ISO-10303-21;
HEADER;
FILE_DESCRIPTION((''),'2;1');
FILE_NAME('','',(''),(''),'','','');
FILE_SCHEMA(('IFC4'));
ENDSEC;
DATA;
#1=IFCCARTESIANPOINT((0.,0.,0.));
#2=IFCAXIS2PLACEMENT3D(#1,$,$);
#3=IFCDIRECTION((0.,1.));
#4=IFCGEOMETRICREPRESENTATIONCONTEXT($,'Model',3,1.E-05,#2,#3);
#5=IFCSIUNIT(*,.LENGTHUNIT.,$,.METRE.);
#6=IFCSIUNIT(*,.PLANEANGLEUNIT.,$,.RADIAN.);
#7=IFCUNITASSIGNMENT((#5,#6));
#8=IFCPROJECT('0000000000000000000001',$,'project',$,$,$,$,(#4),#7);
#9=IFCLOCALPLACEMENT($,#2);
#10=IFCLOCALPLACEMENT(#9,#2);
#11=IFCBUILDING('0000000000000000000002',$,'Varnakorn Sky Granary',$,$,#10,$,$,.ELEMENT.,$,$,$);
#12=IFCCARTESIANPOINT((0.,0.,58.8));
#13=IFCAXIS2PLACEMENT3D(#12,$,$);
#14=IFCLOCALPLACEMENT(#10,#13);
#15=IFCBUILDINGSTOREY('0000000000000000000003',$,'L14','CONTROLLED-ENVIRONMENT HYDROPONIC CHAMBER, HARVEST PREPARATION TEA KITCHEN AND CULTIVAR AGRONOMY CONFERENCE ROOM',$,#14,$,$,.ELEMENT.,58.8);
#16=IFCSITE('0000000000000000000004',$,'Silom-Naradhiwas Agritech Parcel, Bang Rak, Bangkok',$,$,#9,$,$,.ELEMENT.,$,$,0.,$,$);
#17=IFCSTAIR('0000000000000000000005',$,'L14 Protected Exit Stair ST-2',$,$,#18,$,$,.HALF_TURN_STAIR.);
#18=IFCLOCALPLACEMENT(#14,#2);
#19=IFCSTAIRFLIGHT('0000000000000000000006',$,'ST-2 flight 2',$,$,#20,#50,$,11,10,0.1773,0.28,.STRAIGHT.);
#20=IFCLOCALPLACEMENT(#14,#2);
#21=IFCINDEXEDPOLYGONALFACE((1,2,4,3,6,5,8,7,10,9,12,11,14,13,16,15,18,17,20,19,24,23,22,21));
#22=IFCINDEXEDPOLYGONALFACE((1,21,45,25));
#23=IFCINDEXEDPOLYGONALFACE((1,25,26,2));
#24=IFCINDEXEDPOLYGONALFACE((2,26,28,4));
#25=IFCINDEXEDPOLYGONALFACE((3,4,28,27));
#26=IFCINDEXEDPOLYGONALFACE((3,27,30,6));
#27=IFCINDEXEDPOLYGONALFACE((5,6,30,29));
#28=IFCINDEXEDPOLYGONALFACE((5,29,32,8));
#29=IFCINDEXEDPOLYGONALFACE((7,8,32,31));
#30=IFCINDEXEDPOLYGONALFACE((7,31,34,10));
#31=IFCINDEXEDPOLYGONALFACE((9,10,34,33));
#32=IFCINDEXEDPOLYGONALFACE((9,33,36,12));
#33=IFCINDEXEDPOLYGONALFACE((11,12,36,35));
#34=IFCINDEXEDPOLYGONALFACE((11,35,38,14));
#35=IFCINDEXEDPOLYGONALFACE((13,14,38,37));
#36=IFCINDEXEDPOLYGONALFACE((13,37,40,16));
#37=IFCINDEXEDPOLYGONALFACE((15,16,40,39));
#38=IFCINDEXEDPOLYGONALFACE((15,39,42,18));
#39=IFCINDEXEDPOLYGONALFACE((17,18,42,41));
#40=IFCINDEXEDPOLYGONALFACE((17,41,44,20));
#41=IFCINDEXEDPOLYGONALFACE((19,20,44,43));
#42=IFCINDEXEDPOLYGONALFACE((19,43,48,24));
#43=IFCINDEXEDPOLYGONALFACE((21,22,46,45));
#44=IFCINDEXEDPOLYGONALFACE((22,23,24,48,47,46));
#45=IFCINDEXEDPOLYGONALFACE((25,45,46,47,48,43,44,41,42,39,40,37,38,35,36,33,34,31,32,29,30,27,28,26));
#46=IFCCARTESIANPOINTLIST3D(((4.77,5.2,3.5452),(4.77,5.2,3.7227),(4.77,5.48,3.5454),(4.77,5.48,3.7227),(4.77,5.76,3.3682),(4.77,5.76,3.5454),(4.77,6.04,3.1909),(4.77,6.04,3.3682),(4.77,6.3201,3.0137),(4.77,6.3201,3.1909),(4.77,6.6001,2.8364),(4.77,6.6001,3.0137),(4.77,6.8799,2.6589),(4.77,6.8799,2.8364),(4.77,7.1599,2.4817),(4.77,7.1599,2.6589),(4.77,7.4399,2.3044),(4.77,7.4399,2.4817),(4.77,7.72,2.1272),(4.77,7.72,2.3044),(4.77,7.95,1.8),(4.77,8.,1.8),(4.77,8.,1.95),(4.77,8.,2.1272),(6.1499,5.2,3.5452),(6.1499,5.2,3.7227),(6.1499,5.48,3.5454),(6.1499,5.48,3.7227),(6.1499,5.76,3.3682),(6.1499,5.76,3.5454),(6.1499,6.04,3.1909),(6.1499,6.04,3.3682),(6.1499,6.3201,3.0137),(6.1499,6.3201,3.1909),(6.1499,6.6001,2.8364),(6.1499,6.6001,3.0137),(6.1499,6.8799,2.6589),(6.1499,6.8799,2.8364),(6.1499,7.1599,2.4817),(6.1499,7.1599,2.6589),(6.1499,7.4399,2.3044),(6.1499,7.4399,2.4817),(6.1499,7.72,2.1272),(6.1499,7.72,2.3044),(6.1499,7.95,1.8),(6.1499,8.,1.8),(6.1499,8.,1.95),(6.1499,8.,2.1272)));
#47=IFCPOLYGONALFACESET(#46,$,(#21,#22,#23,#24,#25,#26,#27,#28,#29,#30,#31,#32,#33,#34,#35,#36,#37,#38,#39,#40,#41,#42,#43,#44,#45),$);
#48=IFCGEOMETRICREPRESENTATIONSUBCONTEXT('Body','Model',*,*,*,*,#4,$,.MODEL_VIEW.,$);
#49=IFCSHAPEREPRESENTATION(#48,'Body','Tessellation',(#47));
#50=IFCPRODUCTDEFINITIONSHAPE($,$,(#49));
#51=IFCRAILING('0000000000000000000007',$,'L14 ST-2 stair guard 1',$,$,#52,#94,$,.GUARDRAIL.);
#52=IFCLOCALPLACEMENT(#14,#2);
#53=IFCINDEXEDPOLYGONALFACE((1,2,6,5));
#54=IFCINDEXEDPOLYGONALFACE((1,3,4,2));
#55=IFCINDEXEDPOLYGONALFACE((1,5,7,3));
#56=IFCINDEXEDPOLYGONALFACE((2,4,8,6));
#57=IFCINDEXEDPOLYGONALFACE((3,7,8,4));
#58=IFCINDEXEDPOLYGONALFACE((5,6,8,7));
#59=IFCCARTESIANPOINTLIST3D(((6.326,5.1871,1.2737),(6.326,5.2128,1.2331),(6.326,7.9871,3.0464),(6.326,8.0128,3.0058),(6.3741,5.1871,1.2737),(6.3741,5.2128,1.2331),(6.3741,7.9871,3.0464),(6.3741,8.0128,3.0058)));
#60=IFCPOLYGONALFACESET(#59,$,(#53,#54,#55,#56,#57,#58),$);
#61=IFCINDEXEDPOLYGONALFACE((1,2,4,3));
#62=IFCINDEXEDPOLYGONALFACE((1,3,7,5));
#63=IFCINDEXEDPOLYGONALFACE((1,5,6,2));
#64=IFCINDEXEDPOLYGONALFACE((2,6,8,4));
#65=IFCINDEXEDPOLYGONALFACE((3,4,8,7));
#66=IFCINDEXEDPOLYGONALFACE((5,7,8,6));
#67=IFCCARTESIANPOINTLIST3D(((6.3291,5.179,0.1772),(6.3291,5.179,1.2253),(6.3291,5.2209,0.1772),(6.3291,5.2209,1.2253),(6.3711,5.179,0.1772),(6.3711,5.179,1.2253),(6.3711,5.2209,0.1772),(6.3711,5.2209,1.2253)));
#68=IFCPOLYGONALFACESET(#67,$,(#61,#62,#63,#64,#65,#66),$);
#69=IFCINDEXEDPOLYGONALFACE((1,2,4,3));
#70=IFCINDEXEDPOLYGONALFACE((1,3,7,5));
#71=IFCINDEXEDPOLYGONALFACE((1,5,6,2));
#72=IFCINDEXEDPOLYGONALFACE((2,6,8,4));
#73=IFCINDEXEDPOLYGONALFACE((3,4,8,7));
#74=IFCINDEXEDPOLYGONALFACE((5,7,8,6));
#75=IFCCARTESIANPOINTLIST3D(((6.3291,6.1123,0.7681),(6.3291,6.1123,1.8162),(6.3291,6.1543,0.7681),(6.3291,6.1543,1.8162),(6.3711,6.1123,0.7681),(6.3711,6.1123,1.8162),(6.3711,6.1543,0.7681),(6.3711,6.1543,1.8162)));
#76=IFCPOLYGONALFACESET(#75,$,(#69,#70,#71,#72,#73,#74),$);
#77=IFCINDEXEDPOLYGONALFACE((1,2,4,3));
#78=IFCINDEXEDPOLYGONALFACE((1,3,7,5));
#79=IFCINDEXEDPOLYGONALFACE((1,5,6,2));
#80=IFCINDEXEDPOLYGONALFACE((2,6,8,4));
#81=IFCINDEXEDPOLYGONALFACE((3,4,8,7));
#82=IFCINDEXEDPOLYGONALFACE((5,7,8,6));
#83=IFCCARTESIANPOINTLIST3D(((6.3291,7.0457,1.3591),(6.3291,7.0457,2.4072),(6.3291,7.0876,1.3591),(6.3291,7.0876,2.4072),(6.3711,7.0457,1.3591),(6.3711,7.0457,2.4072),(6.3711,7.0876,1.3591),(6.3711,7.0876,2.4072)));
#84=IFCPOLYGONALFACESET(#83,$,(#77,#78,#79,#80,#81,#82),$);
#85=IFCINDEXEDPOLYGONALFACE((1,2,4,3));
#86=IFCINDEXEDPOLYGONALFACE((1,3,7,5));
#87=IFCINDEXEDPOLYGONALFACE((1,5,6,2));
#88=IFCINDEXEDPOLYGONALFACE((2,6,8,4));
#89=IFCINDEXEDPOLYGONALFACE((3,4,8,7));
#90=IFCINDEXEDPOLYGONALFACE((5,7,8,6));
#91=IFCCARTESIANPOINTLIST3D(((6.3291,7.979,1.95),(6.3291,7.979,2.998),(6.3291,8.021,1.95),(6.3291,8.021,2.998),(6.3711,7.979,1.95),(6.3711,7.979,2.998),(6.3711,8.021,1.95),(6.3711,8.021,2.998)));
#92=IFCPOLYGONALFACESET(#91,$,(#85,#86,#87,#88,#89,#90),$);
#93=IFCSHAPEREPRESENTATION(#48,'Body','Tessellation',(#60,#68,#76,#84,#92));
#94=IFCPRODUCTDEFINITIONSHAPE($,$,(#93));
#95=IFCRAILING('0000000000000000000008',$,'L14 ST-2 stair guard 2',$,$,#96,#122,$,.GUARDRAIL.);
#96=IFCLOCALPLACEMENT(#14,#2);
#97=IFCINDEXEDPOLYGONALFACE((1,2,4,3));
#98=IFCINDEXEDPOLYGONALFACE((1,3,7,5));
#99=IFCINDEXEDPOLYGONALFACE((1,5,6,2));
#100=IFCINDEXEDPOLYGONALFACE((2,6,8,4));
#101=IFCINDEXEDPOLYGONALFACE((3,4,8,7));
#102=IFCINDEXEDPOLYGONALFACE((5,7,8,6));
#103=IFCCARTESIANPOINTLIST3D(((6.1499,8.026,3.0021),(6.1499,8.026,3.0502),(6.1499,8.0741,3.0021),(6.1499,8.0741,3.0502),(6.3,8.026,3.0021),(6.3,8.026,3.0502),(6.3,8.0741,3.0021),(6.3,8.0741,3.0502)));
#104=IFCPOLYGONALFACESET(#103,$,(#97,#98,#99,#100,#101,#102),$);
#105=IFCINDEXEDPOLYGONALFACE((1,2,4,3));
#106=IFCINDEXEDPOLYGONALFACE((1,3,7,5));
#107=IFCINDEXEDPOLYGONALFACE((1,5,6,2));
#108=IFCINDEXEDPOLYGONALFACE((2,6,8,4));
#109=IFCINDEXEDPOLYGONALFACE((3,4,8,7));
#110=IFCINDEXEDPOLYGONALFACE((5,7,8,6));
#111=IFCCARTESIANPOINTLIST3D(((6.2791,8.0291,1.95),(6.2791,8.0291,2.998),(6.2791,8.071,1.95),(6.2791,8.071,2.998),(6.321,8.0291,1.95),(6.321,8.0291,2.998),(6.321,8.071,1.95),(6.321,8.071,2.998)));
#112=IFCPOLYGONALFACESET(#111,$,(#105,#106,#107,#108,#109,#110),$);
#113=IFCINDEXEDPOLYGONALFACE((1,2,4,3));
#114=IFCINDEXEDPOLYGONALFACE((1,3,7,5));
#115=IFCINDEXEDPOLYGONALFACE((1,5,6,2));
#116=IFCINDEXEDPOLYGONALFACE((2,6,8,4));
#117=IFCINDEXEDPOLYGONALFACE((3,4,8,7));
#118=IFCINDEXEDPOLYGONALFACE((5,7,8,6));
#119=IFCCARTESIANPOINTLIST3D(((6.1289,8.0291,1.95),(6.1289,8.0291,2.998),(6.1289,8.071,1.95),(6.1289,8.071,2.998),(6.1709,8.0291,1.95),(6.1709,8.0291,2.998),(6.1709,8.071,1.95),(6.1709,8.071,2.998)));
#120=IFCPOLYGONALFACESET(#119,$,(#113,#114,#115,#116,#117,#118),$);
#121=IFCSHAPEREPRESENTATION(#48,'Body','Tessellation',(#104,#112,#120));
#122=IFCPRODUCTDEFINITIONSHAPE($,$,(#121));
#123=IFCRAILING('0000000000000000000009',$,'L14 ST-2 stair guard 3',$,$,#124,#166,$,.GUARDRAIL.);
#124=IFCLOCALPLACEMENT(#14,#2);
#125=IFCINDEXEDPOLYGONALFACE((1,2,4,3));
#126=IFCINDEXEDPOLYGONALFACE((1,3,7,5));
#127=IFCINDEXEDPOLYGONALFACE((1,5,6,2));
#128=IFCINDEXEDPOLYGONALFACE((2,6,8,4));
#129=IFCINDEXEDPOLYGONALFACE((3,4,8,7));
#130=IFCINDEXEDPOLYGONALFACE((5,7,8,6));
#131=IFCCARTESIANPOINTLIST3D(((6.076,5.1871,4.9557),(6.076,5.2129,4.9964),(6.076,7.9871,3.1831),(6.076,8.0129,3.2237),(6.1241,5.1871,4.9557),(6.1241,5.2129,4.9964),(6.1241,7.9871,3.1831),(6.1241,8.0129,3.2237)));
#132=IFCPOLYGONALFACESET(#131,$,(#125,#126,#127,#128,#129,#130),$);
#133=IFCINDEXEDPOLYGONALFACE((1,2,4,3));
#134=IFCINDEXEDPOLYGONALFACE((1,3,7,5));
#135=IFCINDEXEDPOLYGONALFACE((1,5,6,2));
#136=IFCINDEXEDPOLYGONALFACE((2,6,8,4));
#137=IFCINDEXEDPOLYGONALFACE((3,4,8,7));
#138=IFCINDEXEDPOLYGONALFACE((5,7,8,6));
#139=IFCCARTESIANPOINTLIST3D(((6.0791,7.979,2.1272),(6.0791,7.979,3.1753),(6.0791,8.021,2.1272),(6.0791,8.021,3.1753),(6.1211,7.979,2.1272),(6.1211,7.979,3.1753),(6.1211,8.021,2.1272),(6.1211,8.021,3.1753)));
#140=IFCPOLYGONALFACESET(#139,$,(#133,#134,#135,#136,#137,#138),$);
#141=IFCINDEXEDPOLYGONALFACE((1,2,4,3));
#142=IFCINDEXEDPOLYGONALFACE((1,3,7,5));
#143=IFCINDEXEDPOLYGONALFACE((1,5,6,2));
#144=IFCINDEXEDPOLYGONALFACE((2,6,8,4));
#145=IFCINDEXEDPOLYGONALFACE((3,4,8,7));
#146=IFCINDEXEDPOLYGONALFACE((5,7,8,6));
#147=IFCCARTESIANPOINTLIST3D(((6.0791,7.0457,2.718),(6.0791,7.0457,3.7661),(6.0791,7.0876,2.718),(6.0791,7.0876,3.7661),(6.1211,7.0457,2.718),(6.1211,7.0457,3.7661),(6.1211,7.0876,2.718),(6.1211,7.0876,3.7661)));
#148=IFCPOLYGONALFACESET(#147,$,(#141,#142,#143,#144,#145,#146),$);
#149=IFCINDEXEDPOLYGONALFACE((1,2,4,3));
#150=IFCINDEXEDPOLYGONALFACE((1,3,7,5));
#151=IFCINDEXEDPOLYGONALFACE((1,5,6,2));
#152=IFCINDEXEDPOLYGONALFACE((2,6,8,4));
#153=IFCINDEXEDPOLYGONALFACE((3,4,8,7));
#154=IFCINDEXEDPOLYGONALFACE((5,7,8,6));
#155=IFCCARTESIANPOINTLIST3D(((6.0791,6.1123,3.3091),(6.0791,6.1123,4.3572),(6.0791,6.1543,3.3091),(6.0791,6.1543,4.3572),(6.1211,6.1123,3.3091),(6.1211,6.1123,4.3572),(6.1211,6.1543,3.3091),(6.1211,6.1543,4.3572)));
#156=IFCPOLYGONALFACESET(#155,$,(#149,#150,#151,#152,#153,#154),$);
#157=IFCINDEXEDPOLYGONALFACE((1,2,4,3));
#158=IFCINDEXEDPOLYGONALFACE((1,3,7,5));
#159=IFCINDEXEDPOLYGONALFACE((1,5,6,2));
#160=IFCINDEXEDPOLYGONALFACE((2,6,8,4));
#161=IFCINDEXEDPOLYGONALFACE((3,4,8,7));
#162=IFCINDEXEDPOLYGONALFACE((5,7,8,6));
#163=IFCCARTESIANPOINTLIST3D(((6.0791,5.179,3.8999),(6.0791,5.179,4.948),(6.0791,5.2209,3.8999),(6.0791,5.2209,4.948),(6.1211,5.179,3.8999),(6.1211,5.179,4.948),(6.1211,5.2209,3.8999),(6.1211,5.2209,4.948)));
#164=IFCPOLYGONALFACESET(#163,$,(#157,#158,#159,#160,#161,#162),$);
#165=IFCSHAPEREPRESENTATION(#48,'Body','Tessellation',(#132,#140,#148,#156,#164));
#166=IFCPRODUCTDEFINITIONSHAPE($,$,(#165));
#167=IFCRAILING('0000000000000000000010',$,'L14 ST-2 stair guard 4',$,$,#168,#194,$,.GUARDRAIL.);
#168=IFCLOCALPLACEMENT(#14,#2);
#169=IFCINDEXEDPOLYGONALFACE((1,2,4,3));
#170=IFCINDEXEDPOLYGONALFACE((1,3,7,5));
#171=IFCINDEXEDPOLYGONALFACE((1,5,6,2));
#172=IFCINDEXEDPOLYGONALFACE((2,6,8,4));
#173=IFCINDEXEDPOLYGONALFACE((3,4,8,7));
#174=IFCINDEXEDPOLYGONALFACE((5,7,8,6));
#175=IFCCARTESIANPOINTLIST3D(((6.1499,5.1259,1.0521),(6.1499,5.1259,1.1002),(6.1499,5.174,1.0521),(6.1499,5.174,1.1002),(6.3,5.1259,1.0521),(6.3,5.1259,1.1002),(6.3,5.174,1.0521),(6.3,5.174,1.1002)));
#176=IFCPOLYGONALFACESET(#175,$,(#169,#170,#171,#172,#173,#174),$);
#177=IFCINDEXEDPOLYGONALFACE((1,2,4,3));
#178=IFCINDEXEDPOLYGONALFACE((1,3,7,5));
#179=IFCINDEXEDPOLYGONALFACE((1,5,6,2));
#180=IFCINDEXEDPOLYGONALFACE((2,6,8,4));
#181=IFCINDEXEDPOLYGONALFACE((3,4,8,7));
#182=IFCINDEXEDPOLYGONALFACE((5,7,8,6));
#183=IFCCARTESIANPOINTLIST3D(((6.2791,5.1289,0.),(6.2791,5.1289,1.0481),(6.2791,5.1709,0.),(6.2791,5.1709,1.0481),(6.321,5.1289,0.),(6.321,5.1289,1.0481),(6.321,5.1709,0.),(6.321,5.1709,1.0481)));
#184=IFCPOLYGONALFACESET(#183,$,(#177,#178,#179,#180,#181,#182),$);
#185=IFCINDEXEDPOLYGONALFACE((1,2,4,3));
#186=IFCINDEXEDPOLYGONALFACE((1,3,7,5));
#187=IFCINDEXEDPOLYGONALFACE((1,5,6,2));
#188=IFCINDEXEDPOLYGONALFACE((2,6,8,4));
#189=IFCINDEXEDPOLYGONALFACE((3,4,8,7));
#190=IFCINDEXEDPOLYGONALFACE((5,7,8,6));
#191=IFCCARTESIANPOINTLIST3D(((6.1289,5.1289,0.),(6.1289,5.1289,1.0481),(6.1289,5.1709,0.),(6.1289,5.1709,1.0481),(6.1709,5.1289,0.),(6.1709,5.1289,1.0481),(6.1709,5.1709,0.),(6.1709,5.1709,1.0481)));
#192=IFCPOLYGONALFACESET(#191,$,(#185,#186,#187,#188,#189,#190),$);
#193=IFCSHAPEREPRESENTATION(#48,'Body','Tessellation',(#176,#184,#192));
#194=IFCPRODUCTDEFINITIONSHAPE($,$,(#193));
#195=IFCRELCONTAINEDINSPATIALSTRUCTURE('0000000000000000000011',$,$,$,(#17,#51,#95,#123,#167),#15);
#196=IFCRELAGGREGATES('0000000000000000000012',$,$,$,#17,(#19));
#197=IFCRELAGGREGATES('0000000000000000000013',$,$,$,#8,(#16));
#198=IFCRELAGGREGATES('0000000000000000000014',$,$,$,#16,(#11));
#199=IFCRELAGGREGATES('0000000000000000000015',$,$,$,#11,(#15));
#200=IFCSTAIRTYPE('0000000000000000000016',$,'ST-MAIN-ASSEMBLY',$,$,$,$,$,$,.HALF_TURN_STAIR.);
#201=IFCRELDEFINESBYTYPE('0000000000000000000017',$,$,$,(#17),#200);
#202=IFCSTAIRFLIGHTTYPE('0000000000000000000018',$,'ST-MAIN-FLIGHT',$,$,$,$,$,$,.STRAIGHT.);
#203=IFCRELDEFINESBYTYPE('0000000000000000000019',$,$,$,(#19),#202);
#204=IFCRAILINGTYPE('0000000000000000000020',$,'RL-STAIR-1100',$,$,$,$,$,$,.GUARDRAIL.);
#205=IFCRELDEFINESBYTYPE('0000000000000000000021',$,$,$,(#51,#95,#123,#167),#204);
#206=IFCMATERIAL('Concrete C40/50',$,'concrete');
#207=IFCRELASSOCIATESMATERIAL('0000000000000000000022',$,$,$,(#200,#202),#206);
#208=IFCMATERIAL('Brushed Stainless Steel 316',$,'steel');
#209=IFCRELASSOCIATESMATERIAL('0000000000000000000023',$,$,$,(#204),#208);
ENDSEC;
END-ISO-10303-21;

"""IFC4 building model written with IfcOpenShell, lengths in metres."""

from ifc_helpers import new_model, si_unit, direction, frame, origin, origin_2d, place, context, subcontext, project, spatial, polyline, rectangle, outline, extrude, material, type_object, element, aggregate, save


model = new_model("IFC4")

# Units and contexts
model_context = context("Model", 3, precision=1e-05, world=origin(), true_north=direction((0.0, 1.0)))
body_context = subcontext(model_context, "Body", "Model", "MODEL_VIEW")
ifc_project = project(units=[si_unit("LENGTHUNIT", "METRE"), si_unit("PLANEANGLEUNIT", "RADIAN")], contexts=[model_context])

# Site, building, storey
site_placement = place(None, origin())
site = spatial("IfcSite", under=ifc_project, at=site_placement, Name="Silom-Naradhiwas Agritech Parcel, Bang Rak, Bangkok", CompositionType="ELEMENT", RefElevation=0.0)
building_placement = place(site_placement, origin())
building = spatial("IfcBuilding", under=site, at=building_placement, Name="Varnakorn Sky Granary", CompositionType="ELEMENT")
storey_placement = place(building_placement, frame((0.0, 0.0, 58.8)))
storey = spatial("IfcBuildingStorey", under=building, at=storey_placement, Name="L14", Description="CONTROLLED-ENVIRONMENT HYDROPONIC CHAMBER, HARVEST PREPARATION TEA KITCHEN AND CULTIVAR AGRONOMY CONFERENCE ROOM", CompositionType="ELEMENT", Elevation=58.8)

# Shared definitions
ifc_material_1 = material(Name="Concrete C40/50", Category="concrete")
stair_type = type_object("IfcStairType", Name="ST-MAIN-ASSEMBLY", PredefinedType="HALF_TURN_STAIR", material=ifc_material_1)
stair_flight_type = type_object("IfcStairFlightType", Name="ST-MAIN-FLIGHT", PredefinedType="STRAIGHT", material=ifc_material_1)

# Stair, stair flight
stair_1_placement = place(storey_placement, origin())
stair_1 = element("IfcStair", 1, at=stair_1_placement, inside=storey, type_object=stair_type, Name="L14 Protected Exit Stair ST-2", PredefinedType="HALF_TURN_STAIR")
stair_flight_1_placement = place(storey_placement, frame((5.46, 8.0, 1.95), z_axis=(0.0, 0.0, 1.0), x_axis=(0.0, -1.0, 0.0)))
stair_flight_1 = element("IfcStairFlight", 2, at=stair_flight_1_placement, type_object=stair_flight_type, Name="ST-2 flight 2", NumberOfRisers=11, NumberOfTreads=10, PredefinedType="STRAIGHT", RiserHeight=0.1773, TreadLength=0.28, context=body_context, shape_type="SweptSolid", body=[
    extrude(outline(polyline([(0.0, -0.1499), (0.0, 0.0), (0.0, 0.1772), (0.28, 0.1772), (0.28, 0.3545), (0.5601, 0.3545), (0.5601, 0.5317), (0.8401, 0.5317), (0.8401, 0.709), (1.1201, 0.709), (1.1201, 0.8865), (1.3999, 0.8865), (1.3999, 1.0637), (1.6799, 1.0637), (1.6799, 1.241), (1.96, 1.241), (1.96, 1.4182), (2.24, 1.4182), (2.24, 1.5955), (2.52, 1.5955), (2.52, 1.7727), (2.8, 1.7727), (2.8, 1.95), (2.8, 1.5952), (0.05, -0.1499), (0.0, -0.1499)])), frame((0.0, 0.6899, 0.0), z_axis=(0.0, -1.0, 0.0), x_axis=(1.0, 0.0, 0.0)), (0.0, 0.0, 1.0), 1.3799),
])
aggregate(stair_1, [stair_flight_1])

# Railings
ifc_material_2 = material(Name="Brushed Stainless Steel 316", Category="steel")
railing_type_1 = type_object("IfcRailingType", Name="RL-STAIR-1100", PredefinedType="GUARDRAIL", material=ifc_material_2)
railing_1_placement = place(storey_placement, frame((6.3501, 5.2, 0.1772)))
element("IfcRailing", 3, at=railing_1_placement, inside=storey, type_object=railing_type_1, Name="L14 ST-2 stair guard 1", PredefinedType="GUARDRAIL", context=body_context, shape_type="SweptSolid", body=[
    extrude(rectangle(XDim=0.0481, YDim=0.0481, at=origin_2d()), frame((0.0, 0.0, 1.0762), z_axis=(0.0, 0.844909, 0.53491), x_axis=(-1.0, 0.0, 0.0)), (0.0, 0.0, 1.0), 3.314),
    extrude(rectangle(XDim=0.042, YDim=0.042, at=origin_2d()), origin(), (0.0, 0.0, 1.0), 1.0481),
    extrude(rectangle(XDim=0.042, YDim=0.042, at=origin_2d()), frame((0.0, 0.9333, 0.5908)), (0.0, 0.0, 1.0), 1.0481),
    extrude(rectangle(XDim=0.042, YDim=0.042, at=origin_2d()), frame((0.0, 1.8667, 1.1819)), (0.0, 0.0, 1.0), 1.0481),
    extrude(rectangle(XDim=0.042, YDim=0.042, at=origin_2d()), frame((0.0, 2.8, 1.7727)), (0.0, 0.0, 1.0), 1.0481),
])
railing_2_placement = place(storey_placement, frame((6.3, 8.05, 1.95)))
element("IfcRailing", 4, at=railing_2_placement, inside=storey, type_object=railing_type_1, Name="L14 ST-2 stair guard 2", PredefinedType="GUARDRAIL", context=body_context, shape_type="SweptSolid", body=[
    extrude(rectangle(XDim=0.0481, YDim=0.0481, at=origin_2d()), frame((0.0, 0.0, 1.0762), z_axis=(-1.0, 0.0, 0.0), x_axis=(0.0, -1.0, 0.0)), (0.0, 0.0, 1.0), 0.1501),
    extrude(rectangle(XDim=0.042, YDim=0.042, at=origin_2d()), origin(), (0.0, 0.0, 1.0), 1.0481),
    extrude(rectangle(XDim=0.042, YDim=0.042, at=origin_2d()), frame((-0.1501, 0.0, 0.0)), (0.0, 0.0, 1.0), 1.0481),
])
railing_3_placement = place(storey_placement, frame((6.1001, 8.0, 2.1272)))
element("IfcRailing", 5, at=railing_3_placement, inside=storey, type_object=railing_type_1, Name="L14 ST-2 stair guard 3", PredefinedType="GUARDRAIL", context=body_context, shape_type="SweptSolid", body=[
    extrude(rectangle(XDim=0.0481, YDim=0.0481, at=origin_2d()), frame((0.0, 0.0, 1.0762), z_axis=(0.0, -0.844909, 0.53491), x_axis=(1.0, 0.0, 0.0)), (0.0, 0.0, 1.0), 3.314),
    extrude(rectangle(XDim=0.042, YDim=0.042, at=origin_2d()), origin(), (0.0, 0.0, 1.0), 1.0481),
    extrude(rectangle(XDim=0.042, YDim=0.042, at=origin_2d()), frame((0.0, -0.9333, 0.5908)), (0.0, 0.0, 1.0), 1.0481),
    extrude(rectangle(XDim=0.042, YDim=0.042, at=origin_2d()), frame((0.0, -1.8667, 1.1819)), (0.0, 0.0, 1.0), 1.0481),
    extrude(rectangle(XDim=0.042, YDim=0.042, at=origin_2d()), frame((0.0, -2.8, 1.7727)), (0.0, 0.0, 1.0), 1.0481),
])
railing_4_placement = place(storey_placement, frame((6.3, 5.1499, 0.0)))
element("IfcRailing", 6, at=railing_4_placement, inside=storey, type_object=railing_type_1, Name="L14 ST-2 stair guard 4", PredefinedType="GUARDRAIL", context=body_context, shape_type="SweptSolid", body=[
    extrude(rectangle(XDim=0.0481, YDim=0.0481, at=origin_2d()), frame((0.0, 0.0, 1.0762), z_axis=(-1.0, 0.0, 0.0), x_axis=(0.0, -1.0, 0.0)), (0.0, 0.0, 1.0), 0.1501),
    extrude(rectangle(XDim=0.042, YDim=0.042, at=origin_2d()), origin(), (0.0, 0.0, 1.0), 1.0481),
    extrude(rectangle(XDim=0.042, YDim=0.042, at=origin_2d()), frame((-0.1501, 0.0, 0.0)), (0.0, 0.0, 1.0), 1.0481),
])

save(model, "model.ifc")
